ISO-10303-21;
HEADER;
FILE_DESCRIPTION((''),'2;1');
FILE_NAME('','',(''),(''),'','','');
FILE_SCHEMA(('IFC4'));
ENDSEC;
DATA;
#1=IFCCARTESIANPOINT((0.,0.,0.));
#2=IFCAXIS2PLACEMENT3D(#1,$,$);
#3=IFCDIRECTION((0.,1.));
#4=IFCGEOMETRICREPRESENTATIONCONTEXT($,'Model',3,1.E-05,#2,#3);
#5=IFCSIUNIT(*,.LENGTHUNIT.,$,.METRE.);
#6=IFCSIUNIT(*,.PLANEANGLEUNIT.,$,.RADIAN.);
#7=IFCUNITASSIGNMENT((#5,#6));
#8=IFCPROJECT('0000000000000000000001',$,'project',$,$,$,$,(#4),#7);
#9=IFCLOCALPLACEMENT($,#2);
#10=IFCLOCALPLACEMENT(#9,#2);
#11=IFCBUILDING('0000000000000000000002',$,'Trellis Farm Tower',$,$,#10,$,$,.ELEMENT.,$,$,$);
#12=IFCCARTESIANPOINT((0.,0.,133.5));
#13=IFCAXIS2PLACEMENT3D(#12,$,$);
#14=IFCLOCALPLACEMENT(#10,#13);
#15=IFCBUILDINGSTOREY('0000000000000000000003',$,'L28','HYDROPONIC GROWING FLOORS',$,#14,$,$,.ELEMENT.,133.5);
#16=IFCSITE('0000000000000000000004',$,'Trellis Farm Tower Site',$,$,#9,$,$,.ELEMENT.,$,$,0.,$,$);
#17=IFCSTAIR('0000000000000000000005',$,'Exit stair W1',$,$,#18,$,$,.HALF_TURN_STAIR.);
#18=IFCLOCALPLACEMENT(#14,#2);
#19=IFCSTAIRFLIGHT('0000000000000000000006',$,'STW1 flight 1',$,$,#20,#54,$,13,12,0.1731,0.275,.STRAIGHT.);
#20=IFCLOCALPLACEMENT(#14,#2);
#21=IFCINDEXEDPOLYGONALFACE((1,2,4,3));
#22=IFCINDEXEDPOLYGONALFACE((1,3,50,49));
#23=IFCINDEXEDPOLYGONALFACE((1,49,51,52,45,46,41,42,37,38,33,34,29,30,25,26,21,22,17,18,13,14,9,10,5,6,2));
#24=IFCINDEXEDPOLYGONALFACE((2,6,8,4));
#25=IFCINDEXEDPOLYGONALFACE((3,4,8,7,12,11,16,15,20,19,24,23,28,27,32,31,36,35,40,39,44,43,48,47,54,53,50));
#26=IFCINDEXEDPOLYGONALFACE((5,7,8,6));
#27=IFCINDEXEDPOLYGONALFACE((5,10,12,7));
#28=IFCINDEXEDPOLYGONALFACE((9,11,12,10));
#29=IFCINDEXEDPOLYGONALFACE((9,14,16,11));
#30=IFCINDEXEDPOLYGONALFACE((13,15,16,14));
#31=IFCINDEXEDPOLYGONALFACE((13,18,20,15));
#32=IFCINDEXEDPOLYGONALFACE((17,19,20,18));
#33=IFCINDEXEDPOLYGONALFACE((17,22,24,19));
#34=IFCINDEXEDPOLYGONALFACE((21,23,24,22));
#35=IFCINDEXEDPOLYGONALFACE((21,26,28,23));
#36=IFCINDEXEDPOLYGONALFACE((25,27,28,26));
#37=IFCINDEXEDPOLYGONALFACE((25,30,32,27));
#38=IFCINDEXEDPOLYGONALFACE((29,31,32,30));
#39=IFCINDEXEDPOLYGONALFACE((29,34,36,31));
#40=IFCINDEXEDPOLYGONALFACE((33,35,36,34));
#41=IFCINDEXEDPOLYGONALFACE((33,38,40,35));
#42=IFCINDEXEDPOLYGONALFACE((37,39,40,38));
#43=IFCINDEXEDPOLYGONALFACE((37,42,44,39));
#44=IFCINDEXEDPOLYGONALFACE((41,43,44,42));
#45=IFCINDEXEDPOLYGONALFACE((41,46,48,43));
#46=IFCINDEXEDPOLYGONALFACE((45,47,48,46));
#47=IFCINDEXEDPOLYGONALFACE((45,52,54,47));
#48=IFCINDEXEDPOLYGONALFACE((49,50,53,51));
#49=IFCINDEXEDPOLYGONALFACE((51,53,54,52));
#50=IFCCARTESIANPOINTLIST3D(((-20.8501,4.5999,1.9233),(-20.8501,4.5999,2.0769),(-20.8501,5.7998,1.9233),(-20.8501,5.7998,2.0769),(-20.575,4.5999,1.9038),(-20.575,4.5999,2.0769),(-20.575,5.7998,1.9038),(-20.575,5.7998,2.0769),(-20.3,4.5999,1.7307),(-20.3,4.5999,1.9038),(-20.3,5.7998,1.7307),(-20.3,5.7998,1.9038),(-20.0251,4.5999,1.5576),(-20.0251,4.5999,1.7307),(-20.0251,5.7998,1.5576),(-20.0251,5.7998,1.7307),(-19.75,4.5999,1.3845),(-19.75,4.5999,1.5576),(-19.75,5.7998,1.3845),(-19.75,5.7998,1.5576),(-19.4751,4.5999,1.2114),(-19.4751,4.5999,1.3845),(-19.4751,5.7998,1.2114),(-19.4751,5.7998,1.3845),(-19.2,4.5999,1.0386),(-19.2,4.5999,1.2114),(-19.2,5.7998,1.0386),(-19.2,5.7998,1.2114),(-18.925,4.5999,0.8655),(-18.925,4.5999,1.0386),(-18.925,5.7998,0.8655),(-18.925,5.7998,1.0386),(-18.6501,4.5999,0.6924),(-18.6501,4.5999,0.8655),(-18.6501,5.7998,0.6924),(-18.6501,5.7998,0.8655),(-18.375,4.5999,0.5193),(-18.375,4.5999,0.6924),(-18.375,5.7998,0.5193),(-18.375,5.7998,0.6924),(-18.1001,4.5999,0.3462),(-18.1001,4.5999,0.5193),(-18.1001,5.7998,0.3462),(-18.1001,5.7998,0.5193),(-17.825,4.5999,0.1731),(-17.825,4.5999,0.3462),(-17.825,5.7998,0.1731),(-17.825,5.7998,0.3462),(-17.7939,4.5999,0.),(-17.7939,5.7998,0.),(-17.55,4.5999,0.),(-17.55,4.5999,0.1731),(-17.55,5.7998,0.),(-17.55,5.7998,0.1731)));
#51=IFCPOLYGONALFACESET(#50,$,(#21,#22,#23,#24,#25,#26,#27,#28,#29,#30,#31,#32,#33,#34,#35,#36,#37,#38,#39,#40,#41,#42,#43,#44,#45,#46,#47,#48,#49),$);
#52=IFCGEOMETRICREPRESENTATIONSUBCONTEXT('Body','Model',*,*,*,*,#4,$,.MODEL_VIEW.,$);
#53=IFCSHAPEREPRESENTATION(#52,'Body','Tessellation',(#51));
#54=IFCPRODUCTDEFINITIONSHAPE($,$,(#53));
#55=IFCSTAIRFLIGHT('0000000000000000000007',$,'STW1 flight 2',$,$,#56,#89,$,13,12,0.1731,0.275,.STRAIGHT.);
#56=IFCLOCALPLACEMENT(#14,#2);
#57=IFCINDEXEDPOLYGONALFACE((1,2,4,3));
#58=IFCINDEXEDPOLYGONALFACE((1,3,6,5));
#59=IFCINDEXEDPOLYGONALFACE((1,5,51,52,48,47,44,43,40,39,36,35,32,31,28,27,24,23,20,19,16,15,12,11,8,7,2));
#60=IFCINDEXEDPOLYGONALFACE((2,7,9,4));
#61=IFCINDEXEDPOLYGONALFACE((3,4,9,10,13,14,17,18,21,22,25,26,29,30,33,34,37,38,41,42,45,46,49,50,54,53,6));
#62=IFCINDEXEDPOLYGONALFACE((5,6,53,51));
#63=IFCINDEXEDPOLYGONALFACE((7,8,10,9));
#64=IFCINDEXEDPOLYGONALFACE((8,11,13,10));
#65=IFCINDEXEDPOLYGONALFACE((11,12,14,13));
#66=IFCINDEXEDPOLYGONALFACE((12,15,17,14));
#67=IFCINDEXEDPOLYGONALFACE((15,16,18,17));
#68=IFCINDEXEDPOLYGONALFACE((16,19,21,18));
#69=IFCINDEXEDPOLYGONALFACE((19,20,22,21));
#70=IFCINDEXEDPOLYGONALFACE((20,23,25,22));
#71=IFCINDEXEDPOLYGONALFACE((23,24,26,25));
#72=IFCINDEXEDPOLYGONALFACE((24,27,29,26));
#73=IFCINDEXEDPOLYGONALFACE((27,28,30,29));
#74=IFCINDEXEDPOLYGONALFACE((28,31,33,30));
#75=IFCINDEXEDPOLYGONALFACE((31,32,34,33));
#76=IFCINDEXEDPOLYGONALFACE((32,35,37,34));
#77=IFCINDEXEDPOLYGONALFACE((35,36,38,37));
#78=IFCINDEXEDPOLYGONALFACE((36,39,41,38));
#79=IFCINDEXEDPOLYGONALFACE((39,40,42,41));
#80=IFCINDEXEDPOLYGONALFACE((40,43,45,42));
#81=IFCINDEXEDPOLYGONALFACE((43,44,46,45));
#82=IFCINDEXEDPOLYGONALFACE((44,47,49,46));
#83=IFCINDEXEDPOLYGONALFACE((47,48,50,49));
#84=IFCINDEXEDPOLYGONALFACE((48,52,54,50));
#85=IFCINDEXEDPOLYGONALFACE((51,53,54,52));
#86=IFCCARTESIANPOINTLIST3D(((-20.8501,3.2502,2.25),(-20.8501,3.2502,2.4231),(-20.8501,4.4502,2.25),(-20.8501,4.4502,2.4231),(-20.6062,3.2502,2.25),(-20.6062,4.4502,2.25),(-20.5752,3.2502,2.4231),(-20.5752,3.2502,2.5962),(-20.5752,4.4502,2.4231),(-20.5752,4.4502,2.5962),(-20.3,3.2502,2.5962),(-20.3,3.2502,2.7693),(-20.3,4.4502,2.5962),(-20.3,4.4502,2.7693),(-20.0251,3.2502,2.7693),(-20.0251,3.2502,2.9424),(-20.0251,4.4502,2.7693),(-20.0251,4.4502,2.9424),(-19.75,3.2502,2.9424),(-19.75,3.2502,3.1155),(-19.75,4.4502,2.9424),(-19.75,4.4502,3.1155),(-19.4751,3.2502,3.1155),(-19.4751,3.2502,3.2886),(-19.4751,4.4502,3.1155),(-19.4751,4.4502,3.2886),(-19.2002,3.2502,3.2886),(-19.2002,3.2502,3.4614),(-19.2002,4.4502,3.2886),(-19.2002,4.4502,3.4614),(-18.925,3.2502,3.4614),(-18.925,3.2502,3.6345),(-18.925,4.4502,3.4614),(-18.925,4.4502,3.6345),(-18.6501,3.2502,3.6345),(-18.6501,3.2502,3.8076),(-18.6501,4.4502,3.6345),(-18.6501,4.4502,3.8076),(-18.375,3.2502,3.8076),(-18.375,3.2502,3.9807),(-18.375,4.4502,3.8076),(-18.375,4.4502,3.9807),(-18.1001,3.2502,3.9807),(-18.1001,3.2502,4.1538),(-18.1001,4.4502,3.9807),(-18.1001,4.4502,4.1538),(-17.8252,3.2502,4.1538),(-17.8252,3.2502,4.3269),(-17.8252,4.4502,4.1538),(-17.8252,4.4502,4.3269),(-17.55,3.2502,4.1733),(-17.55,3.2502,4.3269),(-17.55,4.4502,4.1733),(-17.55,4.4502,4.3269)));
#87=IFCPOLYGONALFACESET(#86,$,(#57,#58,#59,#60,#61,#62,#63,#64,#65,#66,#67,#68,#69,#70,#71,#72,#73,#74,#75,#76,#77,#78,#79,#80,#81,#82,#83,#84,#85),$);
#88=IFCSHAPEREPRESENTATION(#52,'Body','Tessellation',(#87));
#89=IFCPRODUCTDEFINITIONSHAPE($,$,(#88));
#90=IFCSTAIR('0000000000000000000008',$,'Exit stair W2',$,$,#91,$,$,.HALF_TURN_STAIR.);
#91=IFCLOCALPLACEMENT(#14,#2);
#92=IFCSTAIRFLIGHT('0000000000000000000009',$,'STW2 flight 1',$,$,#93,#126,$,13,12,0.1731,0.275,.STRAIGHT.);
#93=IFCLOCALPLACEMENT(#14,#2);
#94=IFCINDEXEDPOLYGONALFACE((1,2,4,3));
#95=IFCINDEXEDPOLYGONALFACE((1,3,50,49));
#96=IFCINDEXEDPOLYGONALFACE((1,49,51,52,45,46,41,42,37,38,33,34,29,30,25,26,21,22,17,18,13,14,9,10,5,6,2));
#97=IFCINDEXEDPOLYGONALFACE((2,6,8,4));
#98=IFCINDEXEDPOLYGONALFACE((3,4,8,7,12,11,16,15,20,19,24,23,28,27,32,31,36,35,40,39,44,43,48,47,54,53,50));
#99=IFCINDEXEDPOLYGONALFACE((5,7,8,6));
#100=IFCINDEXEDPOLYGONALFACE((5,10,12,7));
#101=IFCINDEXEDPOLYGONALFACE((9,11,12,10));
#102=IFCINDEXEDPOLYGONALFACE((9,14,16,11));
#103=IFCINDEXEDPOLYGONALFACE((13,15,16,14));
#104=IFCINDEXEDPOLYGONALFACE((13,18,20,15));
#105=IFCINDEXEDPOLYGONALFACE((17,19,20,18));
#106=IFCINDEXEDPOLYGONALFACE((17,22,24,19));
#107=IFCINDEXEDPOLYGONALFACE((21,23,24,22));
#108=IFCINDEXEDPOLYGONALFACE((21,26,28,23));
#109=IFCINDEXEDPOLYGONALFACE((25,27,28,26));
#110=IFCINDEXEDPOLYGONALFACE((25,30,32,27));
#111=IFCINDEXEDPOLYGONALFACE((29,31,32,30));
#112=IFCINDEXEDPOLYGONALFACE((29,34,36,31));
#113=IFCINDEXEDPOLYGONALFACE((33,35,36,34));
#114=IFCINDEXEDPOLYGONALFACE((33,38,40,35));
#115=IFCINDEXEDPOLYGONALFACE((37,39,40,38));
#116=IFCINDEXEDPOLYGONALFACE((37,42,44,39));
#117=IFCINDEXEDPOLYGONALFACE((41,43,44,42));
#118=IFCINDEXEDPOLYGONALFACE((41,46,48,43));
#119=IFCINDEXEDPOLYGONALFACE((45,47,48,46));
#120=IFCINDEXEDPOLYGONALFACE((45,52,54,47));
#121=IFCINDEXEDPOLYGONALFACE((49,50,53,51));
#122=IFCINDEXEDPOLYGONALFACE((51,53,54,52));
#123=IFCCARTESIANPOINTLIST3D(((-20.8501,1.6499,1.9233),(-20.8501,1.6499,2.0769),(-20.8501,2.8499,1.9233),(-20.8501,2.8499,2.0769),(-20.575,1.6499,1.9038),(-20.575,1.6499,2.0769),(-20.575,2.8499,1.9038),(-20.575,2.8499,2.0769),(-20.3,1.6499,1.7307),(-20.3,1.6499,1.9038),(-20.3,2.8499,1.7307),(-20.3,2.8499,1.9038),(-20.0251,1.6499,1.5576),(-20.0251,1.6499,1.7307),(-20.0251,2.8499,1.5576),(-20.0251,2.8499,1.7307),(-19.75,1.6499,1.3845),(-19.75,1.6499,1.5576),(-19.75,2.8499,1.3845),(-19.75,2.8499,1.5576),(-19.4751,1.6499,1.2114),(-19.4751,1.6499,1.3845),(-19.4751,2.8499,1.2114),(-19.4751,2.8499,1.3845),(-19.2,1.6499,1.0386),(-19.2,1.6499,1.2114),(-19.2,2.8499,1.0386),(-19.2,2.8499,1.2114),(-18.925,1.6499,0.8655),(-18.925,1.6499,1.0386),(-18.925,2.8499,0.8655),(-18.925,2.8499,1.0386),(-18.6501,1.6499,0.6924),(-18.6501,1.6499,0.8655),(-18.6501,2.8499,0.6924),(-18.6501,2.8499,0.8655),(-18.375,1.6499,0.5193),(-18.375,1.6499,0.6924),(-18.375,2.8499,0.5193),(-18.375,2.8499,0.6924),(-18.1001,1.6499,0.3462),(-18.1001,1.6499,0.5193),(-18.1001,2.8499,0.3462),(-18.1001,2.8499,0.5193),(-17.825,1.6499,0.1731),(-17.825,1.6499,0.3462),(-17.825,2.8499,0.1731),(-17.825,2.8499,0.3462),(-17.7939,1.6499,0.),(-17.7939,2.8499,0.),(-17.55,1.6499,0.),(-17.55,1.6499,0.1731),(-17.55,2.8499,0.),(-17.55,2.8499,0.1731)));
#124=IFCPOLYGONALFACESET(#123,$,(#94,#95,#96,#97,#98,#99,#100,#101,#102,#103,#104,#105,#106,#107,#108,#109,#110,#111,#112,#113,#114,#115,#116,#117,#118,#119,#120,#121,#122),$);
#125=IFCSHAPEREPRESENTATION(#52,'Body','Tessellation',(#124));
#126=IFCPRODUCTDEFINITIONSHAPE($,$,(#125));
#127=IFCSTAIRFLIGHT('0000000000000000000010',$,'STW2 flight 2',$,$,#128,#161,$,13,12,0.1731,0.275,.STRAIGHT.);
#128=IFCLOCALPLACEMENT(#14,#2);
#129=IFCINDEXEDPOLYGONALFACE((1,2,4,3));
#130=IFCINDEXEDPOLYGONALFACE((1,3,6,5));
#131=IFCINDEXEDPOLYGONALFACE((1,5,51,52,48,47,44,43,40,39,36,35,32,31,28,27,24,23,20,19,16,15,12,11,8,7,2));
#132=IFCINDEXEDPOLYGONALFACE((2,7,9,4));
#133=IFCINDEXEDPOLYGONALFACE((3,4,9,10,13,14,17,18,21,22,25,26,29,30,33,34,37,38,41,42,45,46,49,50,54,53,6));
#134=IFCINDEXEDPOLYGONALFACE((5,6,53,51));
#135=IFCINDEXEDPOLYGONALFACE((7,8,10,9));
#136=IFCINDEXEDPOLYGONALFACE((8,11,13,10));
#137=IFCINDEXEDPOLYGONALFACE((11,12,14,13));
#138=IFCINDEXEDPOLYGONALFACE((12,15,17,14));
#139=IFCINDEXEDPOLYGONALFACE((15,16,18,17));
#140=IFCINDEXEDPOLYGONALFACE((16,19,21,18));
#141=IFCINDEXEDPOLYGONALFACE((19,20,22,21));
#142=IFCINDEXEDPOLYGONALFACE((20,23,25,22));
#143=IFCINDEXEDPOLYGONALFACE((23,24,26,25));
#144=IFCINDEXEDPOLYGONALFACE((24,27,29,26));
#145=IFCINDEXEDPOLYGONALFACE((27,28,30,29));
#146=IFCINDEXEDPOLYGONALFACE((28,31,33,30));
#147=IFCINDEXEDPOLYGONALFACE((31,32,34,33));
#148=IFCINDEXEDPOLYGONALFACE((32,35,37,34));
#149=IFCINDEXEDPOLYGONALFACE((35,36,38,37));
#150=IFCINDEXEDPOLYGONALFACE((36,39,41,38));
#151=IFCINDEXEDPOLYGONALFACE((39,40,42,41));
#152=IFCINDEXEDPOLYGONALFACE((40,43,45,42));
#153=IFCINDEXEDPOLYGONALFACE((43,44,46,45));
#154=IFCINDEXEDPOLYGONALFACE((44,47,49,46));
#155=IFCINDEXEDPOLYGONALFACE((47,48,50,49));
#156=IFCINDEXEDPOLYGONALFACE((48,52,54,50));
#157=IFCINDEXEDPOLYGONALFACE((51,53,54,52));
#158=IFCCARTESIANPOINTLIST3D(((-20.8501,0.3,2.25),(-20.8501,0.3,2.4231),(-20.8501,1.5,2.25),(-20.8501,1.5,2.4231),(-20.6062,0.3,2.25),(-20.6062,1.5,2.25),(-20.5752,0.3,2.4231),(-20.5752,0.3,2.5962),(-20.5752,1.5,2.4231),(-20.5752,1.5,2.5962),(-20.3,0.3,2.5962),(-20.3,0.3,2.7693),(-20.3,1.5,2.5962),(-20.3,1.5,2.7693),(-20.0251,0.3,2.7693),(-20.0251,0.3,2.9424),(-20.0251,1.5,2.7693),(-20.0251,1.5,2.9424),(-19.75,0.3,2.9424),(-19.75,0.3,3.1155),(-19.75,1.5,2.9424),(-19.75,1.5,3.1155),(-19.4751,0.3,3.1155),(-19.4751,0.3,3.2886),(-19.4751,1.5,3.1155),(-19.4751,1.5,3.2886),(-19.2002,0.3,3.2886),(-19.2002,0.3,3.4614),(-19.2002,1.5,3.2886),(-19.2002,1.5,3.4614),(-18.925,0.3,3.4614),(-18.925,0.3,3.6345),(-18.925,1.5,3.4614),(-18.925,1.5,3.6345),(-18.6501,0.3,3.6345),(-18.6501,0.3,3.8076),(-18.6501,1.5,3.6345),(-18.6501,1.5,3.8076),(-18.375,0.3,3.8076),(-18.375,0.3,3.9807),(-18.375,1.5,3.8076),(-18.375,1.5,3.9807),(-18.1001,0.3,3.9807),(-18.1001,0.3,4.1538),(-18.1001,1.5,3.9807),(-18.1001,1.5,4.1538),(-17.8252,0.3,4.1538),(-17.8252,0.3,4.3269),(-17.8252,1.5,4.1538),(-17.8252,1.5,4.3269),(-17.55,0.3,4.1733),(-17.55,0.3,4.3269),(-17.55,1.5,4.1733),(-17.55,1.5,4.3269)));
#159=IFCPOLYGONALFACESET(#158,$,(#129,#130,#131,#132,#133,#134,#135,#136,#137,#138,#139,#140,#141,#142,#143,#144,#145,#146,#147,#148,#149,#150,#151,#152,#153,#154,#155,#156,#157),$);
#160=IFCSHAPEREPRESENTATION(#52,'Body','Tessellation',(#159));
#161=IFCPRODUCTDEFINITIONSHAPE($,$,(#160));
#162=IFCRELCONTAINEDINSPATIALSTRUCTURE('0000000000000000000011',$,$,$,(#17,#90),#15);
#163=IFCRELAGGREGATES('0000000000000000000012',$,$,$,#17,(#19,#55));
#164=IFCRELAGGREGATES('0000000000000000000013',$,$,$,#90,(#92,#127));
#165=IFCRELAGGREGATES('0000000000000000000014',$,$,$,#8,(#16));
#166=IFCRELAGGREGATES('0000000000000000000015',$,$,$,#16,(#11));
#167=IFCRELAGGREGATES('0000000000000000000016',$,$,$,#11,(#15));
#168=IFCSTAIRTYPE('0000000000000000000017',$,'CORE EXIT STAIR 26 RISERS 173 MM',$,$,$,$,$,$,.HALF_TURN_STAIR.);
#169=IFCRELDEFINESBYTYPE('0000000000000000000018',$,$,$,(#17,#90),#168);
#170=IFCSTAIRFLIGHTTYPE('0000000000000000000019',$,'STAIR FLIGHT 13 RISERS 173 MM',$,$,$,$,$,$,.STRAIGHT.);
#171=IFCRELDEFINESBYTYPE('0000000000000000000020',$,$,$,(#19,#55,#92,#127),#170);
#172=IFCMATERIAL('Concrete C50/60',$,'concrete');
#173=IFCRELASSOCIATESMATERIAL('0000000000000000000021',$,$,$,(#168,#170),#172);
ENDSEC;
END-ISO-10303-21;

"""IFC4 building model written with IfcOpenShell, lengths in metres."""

from ifc_helpers import new_model, si_unit, direction, frame, origin, place, context, subcontext, project, spatial, polyline, outline, extrude, source, transform, mapped, material, type_object, element, aggregate, save


model = new_model("IFC4")

# Units and contexts
model_context = context("Model", 3, precision=1e-05, world=origin(), true_north=direction((0.0, 1.0)))
body_context = subcontext(model_context, "Body", "Model", "MODEL_VIEW")
ifc_project = project(units=[si_unit("LENGTHUNIT", "METRE"), si_unit("PLANEANGLEUNIT", "RADIAN")], contexts=[model_context])

# Site, building, storey
site_placement = place(None, origin())
site = spatial("IfcSite", under=ifc_project, at=site_placement, Name="Trellis Farm Tower Site", CompositionType="ELEMENT", RefElevation=0.0)
building_placement = place(site_placement, origin())
building = spatial("IfcBuilding", under=site, at=building_placement, Name="Trellis Farm Tower", CompositionType="ELEMENT")
storey_placement = place(building_placement, frame((0.0, 0.0, 133.5)))
storey = spatial("IfcBuildingStorey", under=building, at=storey_placement, Name="L28", Description="HYDROPONIC GROWING FLOORS", CompositionType="ELEMENT", Elevation=133.5)

# Shared definitions
placement = place(storey_placement, origin())

# Stairs, stair flights
ifc_material_1 = material(Name="Concrete C50/60", Category="concrete")
stair_type = type_object("IfcStairType", Name="CORE EXIT STAIR 26 RISERS 173 MM", PredefinedType="HALF_TURN_STAIR", material=ifc_material_1)
stair_1 = element("IfcStair", 1, at=placement, inside=storey, type_object=stair_type, Name="Exit stair W1", PredefinedType="HALF_TURN_STAIR")
stair_flight_type = type_object("IfcStairFlightType", Name="STAIR FLIGHT 13 RISERS 173 MM", PredefinedType="STRAIGHT", material=ifc_material_1)
shared_shape_1 = source(origin(), body_context, "Body", "SweptSolid", [
    extrude(outline(polyline([(0.0, 0.0), (0.0, 0.1731), (0.2749, 0.1731), (0.2749, 0.3462), (0.55, 0.3462), (0.55, 0.5193), (0.825, 0.5193), (0.825, 0.6924), (1.1001, 0.6924), (1.1001, 0.8655), (1.375, 0.8655), (1.375, 1.0386), (1.6499, 1.0386), (1.6499, 1.2114), (1.925, 1.2114), (1.925, 1.3845), (2.2, 1.3845), (2.2, 1.5576), (2.4751, 1.5576), (2.4751, 1.7307), (2.75, 1.7307), (2.75, 1.9038), (3.0249, 1.9038), (3.0249, 2.0769), (3.3, 2.0769), (3.3, 2.25), (3.3, 1.9233), (0.2439, 0.0), (0.0, 0.0)])), frame((0.0, 0.6001, 0.0), z_axis=(0.0, -1.0, 0.0), x_axis=(1.0, 0.0, 0.0)), (0.0, 0.0, 1.0), 1.2),
])
stair_flight_1_placement = place(storey_placement, frame((-17.55, 5.2, 0.0), z_axis=(0.0, 0.0, 1.0), x_axis=(-1.0, 0.0, 0.0)))
stair_flight_1 = element("IfcStairFlight", 2, at=stair_flight_1_placement, type_object=stair_flight_type, Name="STW1 flight 1", NumberOfRisers=13, NumberOfTreads=12, PredefinedType="STRAIGHT", RiserHeight=0.1731, TreadLength=0.275, context=body_context, shape_type="MappedRepresentation", body=[
    mapped(shared_shape_1, transform((0.0, 0.0, 0.0))),
])
stair_flight_2_placement = place(storey_placement, frame((-20.8501, 3.8501, 2.25), z_axis=(0.0, 0.0, 1.0), x_axis=(1.0, 0.0, 0.0)))
stair_flight_2 = element("IfcStairFlight", 3, at=stair_flight_2_placement, type_object=stair_flight_type, Name="STW1 flight 2", NumberOfRisers=13, NumberOfTreads=12, PredefinedType="STRAIGHT", RiserHeight=0.1731, TreadLength=0.275, context=body_context, shape_type="MappedRepresentation", body=[
    mapped(shared_shape_1, transform((0.0, 0.0, 0.0))),
])
aggregate(stair_1, [stair_flight_1, stair_flight_2])
stair_2 = element("IfcStair", 4, at=placement, inside=storey, type_object=stair_type, Name="Exit stair W2", PredefinedType="HALF_TURN_STAIR")
stair_flight_3_placement = place(storey_placement, frame((-17.55, 2.25, 0.0), z_axis=(0.0, 0.0, 1.0), x_axis=(-1.0, 0.0, 0.0)))
stair_flight_3 = element("IfcStairFlight", 5, at=stair_flight_3_placement, type_object=stair_flight_type, Name="STW2 flight 1", NumberOfRisers=13, NumberOfTreads=12, PredefinedType="STRAIGHT", RiserHeight=0.1731, TreadLength=0.275, context=body_context, shape_type="MappedRepresentation", body=[
    mapped(shared_shape_1, transform((0.0, 0.0, 0.0))),
])
stair_flight_4_placement = place(storey_placement, frame((-20.8501, 0.8999, 2.25), z_axis=(0.0, 0.0, 1.0), x_axis=(1.0, 0.0, 0.0)))
stair_flight_4 = element("IfcStairFlight", 6, at=stair_flight_4_placement, type_object=stair_flight_type, Name="STW2 flight 2", NumberOfRisers=13, NumberOfTreads=12, PredefinedType="STRAIGHT", RiserHeight=0.1731, TreadLength=0.275, context=body_context, shape_type="MappedRepresentation", body=[
    mapped(shared_shape_1, transform((0.0, 0.0, 0.0))),
])
aggregate(stair_2, [stair_flight_3, stair_flight_4])

save(model, "model.ifc")
